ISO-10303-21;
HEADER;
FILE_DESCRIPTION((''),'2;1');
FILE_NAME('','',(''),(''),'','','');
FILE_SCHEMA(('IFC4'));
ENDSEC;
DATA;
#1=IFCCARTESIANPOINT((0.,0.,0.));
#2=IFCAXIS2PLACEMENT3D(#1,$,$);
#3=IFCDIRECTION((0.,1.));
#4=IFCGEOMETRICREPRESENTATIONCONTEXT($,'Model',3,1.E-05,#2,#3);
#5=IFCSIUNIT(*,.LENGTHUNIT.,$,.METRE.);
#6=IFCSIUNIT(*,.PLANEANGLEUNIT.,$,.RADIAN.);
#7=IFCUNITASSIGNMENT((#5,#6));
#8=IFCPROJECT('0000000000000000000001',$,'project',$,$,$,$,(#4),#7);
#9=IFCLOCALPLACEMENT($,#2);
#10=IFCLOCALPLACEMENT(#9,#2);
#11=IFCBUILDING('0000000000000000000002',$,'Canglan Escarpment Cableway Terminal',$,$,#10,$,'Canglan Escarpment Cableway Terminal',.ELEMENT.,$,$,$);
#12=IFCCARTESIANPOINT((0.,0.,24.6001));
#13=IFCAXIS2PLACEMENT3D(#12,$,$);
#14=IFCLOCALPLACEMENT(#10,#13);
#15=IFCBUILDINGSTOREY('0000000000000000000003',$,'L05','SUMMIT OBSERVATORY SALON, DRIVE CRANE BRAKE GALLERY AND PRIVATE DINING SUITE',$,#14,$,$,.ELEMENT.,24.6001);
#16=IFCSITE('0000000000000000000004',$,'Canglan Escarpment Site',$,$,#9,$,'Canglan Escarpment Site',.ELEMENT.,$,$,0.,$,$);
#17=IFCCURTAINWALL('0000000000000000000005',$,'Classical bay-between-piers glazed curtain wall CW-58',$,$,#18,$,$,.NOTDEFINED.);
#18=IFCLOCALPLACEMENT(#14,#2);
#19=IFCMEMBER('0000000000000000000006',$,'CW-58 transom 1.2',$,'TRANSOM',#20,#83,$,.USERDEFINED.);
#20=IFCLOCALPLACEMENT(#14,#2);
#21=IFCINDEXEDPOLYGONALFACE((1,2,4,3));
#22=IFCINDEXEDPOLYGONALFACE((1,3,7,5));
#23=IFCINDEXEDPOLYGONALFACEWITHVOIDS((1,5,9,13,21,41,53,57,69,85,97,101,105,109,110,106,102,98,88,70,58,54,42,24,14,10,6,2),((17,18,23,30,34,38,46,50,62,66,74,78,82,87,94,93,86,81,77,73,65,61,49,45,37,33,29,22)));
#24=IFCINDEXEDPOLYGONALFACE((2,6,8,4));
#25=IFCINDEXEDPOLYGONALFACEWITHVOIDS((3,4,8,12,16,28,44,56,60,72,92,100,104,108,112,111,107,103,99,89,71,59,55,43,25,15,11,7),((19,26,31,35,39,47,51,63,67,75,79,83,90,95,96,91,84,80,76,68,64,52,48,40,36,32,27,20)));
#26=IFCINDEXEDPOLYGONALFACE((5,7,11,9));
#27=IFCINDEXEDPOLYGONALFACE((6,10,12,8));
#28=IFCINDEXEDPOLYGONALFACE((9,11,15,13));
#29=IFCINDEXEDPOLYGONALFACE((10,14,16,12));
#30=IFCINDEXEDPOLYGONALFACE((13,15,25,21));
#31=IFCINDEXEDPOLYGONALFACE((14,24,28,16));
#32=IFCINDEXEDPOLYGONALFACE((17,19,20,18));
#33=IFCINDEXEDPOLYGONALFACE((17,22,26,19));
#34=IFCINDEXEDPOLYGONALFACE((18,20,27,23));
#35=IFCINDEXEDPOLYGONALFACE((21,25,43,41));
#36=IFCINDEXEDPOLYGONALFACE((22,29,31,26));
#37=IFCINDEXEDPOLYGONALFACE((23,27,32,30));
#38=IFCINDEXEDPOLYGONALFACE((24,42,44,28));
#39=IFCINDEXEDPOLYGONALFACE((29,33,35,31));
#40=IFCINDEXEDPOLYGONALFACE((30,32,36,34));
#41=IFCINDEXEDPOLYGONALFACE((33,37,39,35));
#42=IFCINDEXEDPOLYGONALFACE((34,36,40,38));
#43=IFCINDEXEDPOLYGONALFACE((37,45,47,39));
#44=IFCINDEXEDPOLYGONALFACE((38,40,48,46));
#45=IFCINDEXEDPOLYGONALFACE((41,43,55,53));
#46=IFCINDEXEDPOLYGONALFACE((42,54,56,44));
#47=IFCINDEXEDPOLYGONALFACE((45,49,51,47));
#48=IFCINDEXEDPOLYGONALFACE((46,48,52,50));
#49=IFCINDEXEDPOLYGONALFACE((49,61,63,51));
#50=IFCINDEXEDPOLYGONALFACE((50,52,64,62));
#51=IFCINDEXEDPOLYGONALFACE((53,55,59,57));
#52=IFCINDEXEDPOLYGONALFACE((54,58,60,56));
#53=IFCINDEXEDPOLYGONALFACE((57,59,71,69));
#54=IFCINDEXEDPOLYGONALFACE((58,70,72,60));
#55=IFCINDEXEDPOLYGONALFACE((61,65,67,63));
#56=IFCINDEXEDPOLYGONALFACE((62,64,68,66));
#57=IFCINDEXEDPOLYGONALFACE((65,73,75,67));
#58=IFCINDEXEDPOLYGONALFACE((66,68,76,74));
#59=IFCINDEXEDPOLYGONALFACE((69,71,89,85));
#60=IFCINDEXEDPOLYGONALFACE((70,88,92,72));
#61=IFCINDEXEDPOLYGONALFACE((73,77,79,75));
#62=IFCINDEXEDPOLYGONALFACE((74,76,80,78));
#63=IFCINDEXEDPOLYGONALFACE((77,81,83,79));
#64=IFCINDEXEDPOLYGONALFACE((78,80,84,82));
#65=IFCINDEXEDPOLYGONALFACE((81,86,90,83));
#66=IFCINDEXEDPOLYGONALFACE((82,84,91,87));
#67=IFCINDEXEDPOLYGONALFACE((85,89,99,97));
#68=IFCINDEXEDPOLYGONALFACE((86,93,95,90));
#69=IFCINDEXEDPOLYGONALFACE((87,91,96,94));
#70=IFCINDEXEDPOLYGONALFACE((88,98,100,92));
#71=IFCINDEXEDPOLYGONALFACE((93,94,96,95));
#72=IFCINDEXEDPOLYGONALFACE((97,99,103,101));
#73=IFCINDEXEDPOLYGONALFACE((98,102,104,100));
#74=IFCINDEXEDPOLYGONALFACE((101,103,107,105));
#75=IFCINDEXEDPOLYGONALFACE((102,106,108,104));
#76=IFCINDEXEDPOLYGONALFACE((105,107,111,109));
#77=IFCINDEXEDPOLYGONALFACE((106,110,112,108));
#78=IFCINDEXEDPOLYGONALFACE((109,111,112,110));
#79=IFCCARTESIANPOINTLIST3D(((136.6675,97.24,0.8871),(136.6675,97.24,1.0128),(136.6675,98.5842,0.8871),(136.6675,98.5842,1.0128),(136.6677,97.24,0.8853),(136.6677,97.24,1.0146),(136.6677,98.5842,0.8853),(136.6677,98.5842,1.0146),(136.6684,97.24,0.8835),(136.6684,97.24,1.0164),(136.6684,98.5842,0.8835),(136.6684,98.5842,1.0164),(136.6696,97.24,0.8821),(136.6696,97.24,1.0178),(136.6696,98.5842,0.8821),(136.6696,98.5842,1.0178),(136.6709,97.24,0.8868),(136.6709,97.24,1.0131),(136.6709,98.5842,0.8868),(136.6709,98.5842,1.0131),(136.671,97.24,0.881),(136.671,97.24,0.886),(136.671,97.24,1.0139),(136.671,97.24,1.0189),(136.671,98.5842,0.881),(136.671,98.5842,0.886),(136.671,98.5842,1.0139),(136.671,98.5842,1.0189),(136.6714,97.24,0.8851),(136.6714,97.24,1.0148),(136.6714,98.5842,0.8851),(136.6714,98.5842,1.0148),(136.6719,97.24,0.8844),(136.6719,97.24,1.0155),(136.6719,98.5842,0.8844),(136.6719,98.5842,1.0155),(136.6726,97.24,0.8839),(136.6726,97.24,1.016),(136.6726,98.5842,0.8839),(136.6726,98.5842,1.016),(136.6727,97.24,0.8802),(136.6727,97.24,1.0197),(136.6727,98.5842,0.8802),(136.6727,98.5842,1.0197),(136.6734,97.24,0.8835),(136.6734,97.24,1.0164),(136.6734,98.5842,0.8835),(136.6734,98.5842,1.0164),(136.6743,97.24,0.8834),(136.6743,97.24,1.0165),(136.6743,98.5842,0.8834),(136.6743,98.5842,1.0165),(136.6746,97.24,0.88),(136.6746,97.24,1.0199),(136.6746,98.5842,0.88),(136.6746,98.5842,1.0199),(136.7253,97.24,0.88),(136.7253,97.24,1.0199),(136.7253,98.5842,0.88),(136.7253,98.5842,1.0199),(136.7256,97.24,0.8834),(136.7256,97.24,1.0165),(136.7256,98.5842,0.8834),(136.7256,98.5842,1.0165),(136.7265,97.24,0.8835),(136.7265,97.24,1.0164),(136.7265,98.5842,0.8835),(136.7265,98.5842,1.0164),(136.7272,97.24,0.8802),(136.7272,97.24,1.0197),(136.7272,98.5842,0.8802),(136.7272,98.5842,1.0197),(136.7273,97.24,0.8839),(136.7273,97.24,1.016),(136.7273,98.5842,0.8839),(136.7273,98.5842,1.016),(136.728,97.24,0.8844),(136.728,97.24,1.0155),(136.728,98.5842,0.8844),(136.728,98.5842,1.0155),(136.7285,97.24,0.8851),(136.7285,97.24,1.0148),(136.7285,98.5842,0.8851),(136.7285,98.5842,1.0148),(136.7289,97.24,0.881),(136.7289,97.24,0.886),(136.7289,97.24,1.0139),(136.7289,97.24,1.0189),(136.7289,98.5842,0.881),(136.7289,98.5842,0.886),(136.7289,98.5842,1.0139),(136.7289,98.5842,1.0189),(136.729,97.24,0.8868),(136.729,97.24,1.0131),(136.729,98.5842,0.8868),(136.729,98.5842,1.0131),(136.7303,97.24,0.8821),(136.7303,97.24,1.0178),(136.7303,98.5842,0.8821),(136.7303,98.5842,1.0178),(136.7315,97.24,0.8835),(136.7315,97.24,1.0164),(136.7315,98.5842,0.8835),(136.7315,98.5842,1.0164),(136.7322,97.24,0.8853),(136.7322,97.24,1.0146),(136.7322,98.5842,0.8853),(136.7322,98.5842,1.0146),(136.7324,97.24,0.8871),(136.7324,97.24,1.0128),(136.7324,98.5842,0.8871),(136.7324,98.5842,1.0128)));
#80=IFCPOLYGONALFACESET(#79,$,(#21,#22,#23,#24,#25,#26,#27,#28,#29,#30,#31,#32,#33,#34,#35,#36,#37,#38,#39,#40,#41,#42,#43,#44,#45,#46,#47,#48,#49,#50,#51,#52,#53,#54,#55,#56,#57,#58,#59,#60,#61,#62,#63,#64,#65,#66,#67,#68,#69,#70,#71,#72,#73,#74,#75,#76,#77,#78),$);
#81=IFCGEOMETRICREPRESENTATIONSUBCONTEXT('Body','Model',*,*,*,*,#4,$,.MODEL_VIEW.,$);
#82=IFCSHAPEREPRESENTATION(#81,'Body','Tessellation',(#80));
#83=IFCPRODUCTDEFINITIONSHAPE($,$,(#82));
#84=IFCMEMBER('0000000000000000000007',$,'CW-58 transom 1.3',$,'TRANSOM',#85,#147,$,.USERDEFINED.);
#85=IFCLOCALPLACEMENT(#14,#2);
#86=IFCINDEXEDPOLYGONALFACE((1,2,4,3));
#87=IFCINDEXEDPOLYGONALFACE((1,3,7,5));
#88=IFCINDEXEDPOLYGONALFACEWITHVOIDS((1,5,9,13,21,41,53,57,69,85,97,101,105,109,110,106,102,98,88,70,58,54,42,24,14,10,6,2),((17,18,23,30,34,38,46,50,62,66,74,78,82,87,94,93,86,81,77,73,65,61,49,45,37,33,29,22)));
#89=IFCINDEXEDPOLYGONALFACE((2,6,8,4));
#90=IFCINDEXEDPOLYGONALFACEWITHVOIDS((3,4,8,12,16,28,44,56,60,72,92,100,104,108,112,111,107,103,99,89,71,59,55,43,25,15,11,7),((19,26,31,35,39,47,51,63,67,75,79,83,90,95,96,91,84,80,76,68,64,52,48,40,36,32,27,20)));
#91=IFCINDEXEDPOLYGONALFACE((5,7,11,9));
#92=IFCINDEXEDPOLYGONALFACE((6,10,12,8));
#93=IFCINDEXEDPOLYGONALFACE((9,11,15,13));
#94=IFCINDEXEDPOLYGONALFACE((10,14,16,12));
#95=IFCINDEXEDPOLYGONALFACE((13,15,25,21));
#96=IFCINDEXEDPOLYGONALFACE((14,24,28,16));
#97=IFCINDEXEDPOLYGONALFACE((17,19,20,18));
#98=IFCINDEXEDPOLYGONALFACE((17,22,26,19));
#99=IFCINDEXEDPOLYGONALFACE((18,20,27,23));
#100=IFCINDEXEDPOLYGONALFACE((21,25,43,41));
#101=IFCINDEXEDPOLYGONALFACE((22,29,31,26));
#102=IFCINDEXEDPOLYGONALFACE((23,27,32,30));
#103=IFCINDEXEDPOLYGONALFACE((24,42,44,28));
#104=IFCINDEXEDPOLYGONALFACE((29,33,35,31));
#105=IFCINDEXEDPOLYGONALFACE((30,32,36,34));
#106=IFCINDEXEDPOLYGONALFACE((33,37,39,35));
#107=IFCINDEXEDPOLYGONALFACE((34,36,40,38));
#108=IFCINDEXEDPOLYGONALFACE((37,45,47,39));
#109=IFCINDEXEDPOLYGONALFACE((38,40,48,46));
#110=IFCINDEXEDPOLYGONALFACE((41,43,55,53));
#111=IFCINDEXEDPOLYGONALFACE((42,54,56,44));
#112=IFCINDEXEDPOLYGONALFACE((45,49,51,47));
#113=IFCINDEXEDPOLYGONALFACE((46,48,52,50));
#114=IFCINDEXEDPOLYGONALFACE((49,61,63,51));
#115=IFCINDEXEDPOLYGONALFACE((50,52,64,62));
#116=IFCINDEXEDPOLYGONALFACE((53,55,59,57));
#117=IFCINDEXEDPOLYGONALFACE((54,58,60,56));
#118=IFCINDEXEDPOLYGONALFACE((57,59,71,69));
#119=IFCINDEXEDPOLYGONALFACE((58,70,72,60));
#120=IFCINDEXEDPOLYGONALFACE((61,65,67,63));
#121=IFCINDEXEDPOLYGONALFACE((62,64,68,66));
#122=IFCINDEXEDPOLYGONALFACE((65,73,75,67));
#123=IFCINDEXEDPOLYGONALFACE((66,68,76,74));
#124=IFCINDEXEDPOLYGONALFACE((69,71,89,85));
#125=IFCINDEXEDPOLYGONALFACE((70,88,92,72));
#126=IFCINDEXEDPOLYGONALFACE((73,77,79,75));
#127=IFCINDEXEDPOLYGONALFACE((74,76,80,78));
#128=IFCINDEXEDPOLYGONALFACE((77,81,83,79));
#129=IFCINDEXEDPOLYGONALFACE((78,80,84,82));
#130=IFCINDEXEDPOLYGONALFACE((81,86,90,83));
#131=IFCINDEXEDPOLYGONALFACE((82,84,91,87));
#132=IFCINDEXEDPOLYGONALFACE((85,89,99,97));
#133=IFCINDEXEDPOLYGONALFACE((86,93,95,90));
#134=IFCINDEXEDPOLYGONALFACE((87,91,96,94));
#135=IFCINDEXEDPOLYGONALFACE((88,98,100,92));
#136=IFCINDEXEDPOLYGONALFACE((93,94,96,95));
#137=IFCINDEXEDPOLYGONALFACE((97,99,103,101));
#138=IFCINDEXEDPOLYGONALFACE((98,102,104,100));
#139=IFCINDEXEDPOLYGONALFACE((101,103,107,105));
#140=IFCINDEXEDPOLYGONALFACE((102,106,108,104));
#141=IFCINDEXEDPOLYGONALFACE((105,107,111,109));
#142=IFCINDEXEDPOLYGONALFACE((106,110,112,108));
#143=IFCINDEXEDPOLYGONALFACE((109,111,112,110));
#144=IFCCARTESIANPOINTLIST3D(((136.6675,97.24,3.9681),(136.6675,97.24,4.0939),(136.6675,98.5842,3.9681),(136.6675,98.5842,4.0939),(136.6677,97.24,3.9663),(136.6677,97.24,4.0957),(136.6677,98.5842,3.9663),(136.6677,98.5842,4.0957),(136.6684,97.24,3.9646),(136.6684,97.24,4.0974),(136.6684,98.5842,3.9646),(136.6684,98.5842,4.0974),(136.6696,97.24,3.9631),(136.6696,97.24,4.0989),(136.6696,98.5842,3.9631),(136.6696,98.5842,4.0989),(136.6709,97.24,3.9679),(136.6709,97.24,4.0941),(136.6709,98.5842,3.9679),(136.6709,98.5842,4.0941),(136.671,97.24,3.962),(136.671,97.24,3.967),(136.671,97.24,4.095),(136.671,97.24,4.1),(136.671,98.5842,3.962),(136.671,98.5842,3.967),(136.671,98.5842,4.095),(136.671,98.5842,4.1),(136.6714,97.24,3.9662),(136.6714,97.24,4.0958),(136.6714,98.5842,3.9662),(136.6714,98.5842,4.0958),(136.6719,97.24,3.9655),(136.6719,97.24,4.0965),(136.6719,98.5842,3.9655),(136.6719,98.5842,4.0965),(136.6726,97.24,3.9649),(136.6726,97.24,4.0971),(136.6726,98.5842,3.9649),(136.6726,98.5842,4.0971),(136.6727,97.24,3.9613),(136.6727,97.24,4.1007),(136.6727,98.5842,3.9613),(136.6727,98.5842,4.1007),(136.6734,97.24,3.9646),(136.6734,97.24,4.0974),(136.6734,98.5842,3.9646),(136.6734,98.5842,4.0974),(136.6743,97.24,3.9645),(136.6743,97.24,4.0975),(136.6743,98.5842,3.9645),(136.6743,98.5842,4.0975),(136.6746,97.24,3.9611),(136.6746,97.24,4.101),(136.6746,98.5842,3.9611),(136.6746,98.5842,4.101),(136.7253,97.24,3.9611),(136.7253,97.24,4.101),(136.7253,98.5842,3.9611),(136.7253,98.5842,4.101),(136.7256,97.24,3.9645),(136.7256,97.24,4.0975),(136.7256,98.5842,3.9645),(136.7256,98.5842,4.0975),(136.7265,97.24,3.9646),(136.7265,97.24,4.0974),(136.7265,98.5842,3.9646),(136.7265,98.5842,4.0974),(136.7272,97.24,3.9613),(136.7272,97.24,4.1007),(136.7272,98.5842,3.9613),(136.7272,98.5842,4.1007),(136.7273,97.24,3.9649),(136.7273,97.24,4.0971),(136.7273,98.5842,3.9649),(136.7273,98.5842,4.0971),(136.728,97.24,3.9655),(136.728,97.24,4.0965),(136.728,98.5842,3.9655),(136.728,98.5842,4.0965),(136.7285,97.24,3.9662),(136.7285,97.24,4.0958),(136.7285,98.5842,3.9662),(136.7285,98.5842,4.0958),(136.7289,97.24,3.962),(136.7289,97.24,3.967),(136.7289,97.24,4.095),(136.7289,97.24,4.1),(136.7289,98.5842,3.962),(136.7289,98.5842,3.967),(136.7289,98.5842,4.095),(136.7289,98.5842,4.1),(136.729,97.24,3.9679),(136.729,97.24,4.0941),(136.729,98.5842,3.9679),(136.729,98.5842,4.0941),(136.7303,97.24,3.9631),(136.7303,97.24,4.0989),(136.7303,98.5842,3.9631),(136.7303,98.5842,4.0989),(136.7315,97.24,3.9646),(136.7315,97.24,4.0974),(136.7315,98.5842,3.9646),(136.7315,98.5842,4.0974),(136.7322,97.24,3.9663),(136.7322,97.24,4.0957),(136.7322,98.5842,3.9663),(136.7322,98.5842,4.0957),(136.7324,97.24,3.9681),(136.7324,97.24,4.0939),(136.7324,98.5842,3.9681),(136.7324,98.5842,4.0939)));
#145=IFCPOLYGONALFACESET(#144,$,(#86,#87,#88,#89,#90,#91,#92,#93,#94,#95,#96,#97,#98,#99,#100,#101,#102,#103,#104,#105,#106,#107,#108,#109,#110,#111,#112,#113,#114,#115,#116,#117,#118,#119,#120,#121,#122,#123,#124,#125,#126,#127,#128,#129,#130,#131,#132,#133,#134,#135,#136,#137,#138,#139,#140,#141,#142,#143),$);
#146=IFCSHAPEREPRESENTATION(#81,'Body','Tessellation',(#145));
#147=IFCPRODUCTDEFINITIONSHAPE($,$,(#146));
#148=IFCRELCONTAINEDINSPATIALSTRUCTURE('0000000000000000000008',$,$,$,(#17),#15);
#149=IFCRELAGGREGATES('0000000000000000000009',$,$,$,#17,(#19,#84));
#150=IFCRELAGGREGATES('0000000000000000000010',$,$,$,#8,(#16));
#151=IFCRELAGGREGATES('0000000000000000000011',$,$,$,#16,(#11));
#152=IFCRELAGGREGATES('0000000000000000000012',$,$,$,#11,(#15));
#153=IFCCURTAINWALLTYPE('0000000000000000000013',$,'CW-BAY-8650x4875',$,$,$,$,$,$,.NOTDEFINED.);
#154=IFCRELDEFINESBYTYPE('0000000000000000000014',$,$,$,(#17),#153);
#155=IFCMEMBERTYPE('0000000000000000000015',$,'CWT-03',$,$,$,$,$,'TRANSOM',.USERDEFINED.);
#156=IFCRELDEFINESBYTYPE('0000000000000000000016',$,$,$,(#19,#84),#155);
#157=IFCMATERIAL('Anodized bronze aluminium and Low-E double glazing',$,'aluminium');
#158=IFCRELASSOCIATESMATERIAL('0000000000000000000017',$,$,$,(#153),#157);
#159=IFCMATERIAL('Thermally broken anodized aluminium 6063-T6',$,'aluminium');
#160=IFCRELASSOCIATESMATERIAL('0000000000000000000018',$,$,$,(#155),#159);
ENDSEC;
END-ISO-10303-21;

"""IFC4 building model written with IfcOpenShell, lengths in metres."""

from ifc_helpers import new_model, si_unit, direction, frame, origin, origin_2d, place, context, subcontext, project, spatial, hollow_rectangle, extrude, material, material_profile, profile_set, type_object, element, aggregate, save


model = new_model("IFC4")

# Units and contexts
model_context = context("Model", 3, precision=1e-05, world=origin(), true_north=direction((0.0, 1.0)))
body_context = subcontext(model_context, "Body", "Model", "MODEL_VIEW")
ifc_project = project(units=[si_unit("LENGTHUNIT", "METRE"), si_unit("PLANEANGLEUNIT", "RADIAN")], contexts=[model_context])

# Site, building, storey
site_placement = place(None, origin())
site = spatial("IfcSite", under=ifc_project, at=site_placement, Name="Canglan Escarpment Site", LongName="Canglan Escarpment Site", CompositionType="ELEMENT", RefElevation=0.0)
building_placement = place(site_placement, origin())
building = spatial("IfcBuilding", under=site, at=building_placement, Name="Canglan Escarpment Cableway Terminal", LongName="Canglan Escarpment Cableway Terminal", CompositionType="ELEMENT")
storey_placement = place(building_placement, frame((0.0, 0.0, 24.6001)))
storey = spatial("IfcBuildingStorey", under=building, at=storey_placement, Name="L05", Description="SUMMIT OBSERVATORY SALON, DRIVE CRANE BRAKE GALLERY AND PRIVATE DINING SUITE", CompositionType="ELEMENT", Elevation=24.6001)

# Curtain wall
ifc_material_1 = material(Name="Anodized bronze aluminium and Low-E double glazing", Category="aluminium")
curtain_wall_type_1 = type_object("IfcCurtainWallType", Name="CW-BAY-8650x4875", PredefinedType="NOTDEFINED", material=ifc_material_1)
curtain_wall_1_placement = place(storey_placement, origin())
curtain_wall_1 = element("IfcCurtainWall", 1, at=curtain_wall_1_placement, inside=storey, type_object=curtain_wall_type_1, Name="Classical bay-between-piers glazed curtain wall CW-58", PredefinedType="NOTDEFINED")
ifc_material_2 = material(Name="Thermally broken anodized aluminium 6063-T6", Category="aluminium")

# Members
ifc_material_profile_1 = material_profile(ifc_material_2, hollow_rectangle(XDim=0.0649, YDim=0.1399, WallThickness=0.0034, InnerFilletRadius=0.0034, OuterFilletRadius=0.0071, at=origin_2d()), Name="ALU-TRAN 65x140x3.5")
ifc_profile_set_1 = profile_set([ifc_material_profile_1], Name="Thermally broken anodized aluminium 6063-T6")
member_type_1 = type_object("IfcMemberType", Name="CWT-03", ElementType="TRANSOM", PredefinedType="USERDEFINED", material=ifc_profile_set_1)
member_1_placement = place(storey_placement, frame((136.7, 97.24, 0.95), z_axis=(0.0, 1.0, 0.0), x_axis=(-1.0, 0.0, 0.0)))
member_1 = element("IfcMember", 2, at=member_1_placement, type_object=member_type_1, Name="CW-58 transom 1.2", ObjectType="TRANSOM", PredefinedType="USERDEFINED", context=body_context, shape_type="SweptSolid", body=[
    extrude(hollow_rectangle(XDim=0.0649, YDim=0.1399, WallThickness=0.0034, InnerFilletRadius=0.0034, OuterFilletRadius=0.0071, at=origin_2d()), origin(), (0.0, 0.0, 1.0), 1.3442),
])
member_2_placement = place(storey_placement, frame((136.7, 97.24, 4.031), z_axis=(0.0, 1.0, 0.0), x_axis=(-1.0, 0.0, 0.0)))
member_2 = element("IfcMember", 3, at=member_2_placement, type_object=member_type_1, Name="CW-58 transom 1.3", ObjectType="TRANSOM", PredefinedType="USERDEFINED", context=body_context, shape_type="SweptSolid", body=[
    extrude(hollow_rectangle(XDim=0.0649, YDim=0.1399, WallThickness=0.0034, InnerFilletRadius=0.0034, OuterFilletRadius=0.0071, at=origin_2d()), origin(), (0.0, 0.0, 1.0), 1.3442),
])

aggregate(curtain_wall_1, [member_1, member_2])

save(model, "model.ifc")
